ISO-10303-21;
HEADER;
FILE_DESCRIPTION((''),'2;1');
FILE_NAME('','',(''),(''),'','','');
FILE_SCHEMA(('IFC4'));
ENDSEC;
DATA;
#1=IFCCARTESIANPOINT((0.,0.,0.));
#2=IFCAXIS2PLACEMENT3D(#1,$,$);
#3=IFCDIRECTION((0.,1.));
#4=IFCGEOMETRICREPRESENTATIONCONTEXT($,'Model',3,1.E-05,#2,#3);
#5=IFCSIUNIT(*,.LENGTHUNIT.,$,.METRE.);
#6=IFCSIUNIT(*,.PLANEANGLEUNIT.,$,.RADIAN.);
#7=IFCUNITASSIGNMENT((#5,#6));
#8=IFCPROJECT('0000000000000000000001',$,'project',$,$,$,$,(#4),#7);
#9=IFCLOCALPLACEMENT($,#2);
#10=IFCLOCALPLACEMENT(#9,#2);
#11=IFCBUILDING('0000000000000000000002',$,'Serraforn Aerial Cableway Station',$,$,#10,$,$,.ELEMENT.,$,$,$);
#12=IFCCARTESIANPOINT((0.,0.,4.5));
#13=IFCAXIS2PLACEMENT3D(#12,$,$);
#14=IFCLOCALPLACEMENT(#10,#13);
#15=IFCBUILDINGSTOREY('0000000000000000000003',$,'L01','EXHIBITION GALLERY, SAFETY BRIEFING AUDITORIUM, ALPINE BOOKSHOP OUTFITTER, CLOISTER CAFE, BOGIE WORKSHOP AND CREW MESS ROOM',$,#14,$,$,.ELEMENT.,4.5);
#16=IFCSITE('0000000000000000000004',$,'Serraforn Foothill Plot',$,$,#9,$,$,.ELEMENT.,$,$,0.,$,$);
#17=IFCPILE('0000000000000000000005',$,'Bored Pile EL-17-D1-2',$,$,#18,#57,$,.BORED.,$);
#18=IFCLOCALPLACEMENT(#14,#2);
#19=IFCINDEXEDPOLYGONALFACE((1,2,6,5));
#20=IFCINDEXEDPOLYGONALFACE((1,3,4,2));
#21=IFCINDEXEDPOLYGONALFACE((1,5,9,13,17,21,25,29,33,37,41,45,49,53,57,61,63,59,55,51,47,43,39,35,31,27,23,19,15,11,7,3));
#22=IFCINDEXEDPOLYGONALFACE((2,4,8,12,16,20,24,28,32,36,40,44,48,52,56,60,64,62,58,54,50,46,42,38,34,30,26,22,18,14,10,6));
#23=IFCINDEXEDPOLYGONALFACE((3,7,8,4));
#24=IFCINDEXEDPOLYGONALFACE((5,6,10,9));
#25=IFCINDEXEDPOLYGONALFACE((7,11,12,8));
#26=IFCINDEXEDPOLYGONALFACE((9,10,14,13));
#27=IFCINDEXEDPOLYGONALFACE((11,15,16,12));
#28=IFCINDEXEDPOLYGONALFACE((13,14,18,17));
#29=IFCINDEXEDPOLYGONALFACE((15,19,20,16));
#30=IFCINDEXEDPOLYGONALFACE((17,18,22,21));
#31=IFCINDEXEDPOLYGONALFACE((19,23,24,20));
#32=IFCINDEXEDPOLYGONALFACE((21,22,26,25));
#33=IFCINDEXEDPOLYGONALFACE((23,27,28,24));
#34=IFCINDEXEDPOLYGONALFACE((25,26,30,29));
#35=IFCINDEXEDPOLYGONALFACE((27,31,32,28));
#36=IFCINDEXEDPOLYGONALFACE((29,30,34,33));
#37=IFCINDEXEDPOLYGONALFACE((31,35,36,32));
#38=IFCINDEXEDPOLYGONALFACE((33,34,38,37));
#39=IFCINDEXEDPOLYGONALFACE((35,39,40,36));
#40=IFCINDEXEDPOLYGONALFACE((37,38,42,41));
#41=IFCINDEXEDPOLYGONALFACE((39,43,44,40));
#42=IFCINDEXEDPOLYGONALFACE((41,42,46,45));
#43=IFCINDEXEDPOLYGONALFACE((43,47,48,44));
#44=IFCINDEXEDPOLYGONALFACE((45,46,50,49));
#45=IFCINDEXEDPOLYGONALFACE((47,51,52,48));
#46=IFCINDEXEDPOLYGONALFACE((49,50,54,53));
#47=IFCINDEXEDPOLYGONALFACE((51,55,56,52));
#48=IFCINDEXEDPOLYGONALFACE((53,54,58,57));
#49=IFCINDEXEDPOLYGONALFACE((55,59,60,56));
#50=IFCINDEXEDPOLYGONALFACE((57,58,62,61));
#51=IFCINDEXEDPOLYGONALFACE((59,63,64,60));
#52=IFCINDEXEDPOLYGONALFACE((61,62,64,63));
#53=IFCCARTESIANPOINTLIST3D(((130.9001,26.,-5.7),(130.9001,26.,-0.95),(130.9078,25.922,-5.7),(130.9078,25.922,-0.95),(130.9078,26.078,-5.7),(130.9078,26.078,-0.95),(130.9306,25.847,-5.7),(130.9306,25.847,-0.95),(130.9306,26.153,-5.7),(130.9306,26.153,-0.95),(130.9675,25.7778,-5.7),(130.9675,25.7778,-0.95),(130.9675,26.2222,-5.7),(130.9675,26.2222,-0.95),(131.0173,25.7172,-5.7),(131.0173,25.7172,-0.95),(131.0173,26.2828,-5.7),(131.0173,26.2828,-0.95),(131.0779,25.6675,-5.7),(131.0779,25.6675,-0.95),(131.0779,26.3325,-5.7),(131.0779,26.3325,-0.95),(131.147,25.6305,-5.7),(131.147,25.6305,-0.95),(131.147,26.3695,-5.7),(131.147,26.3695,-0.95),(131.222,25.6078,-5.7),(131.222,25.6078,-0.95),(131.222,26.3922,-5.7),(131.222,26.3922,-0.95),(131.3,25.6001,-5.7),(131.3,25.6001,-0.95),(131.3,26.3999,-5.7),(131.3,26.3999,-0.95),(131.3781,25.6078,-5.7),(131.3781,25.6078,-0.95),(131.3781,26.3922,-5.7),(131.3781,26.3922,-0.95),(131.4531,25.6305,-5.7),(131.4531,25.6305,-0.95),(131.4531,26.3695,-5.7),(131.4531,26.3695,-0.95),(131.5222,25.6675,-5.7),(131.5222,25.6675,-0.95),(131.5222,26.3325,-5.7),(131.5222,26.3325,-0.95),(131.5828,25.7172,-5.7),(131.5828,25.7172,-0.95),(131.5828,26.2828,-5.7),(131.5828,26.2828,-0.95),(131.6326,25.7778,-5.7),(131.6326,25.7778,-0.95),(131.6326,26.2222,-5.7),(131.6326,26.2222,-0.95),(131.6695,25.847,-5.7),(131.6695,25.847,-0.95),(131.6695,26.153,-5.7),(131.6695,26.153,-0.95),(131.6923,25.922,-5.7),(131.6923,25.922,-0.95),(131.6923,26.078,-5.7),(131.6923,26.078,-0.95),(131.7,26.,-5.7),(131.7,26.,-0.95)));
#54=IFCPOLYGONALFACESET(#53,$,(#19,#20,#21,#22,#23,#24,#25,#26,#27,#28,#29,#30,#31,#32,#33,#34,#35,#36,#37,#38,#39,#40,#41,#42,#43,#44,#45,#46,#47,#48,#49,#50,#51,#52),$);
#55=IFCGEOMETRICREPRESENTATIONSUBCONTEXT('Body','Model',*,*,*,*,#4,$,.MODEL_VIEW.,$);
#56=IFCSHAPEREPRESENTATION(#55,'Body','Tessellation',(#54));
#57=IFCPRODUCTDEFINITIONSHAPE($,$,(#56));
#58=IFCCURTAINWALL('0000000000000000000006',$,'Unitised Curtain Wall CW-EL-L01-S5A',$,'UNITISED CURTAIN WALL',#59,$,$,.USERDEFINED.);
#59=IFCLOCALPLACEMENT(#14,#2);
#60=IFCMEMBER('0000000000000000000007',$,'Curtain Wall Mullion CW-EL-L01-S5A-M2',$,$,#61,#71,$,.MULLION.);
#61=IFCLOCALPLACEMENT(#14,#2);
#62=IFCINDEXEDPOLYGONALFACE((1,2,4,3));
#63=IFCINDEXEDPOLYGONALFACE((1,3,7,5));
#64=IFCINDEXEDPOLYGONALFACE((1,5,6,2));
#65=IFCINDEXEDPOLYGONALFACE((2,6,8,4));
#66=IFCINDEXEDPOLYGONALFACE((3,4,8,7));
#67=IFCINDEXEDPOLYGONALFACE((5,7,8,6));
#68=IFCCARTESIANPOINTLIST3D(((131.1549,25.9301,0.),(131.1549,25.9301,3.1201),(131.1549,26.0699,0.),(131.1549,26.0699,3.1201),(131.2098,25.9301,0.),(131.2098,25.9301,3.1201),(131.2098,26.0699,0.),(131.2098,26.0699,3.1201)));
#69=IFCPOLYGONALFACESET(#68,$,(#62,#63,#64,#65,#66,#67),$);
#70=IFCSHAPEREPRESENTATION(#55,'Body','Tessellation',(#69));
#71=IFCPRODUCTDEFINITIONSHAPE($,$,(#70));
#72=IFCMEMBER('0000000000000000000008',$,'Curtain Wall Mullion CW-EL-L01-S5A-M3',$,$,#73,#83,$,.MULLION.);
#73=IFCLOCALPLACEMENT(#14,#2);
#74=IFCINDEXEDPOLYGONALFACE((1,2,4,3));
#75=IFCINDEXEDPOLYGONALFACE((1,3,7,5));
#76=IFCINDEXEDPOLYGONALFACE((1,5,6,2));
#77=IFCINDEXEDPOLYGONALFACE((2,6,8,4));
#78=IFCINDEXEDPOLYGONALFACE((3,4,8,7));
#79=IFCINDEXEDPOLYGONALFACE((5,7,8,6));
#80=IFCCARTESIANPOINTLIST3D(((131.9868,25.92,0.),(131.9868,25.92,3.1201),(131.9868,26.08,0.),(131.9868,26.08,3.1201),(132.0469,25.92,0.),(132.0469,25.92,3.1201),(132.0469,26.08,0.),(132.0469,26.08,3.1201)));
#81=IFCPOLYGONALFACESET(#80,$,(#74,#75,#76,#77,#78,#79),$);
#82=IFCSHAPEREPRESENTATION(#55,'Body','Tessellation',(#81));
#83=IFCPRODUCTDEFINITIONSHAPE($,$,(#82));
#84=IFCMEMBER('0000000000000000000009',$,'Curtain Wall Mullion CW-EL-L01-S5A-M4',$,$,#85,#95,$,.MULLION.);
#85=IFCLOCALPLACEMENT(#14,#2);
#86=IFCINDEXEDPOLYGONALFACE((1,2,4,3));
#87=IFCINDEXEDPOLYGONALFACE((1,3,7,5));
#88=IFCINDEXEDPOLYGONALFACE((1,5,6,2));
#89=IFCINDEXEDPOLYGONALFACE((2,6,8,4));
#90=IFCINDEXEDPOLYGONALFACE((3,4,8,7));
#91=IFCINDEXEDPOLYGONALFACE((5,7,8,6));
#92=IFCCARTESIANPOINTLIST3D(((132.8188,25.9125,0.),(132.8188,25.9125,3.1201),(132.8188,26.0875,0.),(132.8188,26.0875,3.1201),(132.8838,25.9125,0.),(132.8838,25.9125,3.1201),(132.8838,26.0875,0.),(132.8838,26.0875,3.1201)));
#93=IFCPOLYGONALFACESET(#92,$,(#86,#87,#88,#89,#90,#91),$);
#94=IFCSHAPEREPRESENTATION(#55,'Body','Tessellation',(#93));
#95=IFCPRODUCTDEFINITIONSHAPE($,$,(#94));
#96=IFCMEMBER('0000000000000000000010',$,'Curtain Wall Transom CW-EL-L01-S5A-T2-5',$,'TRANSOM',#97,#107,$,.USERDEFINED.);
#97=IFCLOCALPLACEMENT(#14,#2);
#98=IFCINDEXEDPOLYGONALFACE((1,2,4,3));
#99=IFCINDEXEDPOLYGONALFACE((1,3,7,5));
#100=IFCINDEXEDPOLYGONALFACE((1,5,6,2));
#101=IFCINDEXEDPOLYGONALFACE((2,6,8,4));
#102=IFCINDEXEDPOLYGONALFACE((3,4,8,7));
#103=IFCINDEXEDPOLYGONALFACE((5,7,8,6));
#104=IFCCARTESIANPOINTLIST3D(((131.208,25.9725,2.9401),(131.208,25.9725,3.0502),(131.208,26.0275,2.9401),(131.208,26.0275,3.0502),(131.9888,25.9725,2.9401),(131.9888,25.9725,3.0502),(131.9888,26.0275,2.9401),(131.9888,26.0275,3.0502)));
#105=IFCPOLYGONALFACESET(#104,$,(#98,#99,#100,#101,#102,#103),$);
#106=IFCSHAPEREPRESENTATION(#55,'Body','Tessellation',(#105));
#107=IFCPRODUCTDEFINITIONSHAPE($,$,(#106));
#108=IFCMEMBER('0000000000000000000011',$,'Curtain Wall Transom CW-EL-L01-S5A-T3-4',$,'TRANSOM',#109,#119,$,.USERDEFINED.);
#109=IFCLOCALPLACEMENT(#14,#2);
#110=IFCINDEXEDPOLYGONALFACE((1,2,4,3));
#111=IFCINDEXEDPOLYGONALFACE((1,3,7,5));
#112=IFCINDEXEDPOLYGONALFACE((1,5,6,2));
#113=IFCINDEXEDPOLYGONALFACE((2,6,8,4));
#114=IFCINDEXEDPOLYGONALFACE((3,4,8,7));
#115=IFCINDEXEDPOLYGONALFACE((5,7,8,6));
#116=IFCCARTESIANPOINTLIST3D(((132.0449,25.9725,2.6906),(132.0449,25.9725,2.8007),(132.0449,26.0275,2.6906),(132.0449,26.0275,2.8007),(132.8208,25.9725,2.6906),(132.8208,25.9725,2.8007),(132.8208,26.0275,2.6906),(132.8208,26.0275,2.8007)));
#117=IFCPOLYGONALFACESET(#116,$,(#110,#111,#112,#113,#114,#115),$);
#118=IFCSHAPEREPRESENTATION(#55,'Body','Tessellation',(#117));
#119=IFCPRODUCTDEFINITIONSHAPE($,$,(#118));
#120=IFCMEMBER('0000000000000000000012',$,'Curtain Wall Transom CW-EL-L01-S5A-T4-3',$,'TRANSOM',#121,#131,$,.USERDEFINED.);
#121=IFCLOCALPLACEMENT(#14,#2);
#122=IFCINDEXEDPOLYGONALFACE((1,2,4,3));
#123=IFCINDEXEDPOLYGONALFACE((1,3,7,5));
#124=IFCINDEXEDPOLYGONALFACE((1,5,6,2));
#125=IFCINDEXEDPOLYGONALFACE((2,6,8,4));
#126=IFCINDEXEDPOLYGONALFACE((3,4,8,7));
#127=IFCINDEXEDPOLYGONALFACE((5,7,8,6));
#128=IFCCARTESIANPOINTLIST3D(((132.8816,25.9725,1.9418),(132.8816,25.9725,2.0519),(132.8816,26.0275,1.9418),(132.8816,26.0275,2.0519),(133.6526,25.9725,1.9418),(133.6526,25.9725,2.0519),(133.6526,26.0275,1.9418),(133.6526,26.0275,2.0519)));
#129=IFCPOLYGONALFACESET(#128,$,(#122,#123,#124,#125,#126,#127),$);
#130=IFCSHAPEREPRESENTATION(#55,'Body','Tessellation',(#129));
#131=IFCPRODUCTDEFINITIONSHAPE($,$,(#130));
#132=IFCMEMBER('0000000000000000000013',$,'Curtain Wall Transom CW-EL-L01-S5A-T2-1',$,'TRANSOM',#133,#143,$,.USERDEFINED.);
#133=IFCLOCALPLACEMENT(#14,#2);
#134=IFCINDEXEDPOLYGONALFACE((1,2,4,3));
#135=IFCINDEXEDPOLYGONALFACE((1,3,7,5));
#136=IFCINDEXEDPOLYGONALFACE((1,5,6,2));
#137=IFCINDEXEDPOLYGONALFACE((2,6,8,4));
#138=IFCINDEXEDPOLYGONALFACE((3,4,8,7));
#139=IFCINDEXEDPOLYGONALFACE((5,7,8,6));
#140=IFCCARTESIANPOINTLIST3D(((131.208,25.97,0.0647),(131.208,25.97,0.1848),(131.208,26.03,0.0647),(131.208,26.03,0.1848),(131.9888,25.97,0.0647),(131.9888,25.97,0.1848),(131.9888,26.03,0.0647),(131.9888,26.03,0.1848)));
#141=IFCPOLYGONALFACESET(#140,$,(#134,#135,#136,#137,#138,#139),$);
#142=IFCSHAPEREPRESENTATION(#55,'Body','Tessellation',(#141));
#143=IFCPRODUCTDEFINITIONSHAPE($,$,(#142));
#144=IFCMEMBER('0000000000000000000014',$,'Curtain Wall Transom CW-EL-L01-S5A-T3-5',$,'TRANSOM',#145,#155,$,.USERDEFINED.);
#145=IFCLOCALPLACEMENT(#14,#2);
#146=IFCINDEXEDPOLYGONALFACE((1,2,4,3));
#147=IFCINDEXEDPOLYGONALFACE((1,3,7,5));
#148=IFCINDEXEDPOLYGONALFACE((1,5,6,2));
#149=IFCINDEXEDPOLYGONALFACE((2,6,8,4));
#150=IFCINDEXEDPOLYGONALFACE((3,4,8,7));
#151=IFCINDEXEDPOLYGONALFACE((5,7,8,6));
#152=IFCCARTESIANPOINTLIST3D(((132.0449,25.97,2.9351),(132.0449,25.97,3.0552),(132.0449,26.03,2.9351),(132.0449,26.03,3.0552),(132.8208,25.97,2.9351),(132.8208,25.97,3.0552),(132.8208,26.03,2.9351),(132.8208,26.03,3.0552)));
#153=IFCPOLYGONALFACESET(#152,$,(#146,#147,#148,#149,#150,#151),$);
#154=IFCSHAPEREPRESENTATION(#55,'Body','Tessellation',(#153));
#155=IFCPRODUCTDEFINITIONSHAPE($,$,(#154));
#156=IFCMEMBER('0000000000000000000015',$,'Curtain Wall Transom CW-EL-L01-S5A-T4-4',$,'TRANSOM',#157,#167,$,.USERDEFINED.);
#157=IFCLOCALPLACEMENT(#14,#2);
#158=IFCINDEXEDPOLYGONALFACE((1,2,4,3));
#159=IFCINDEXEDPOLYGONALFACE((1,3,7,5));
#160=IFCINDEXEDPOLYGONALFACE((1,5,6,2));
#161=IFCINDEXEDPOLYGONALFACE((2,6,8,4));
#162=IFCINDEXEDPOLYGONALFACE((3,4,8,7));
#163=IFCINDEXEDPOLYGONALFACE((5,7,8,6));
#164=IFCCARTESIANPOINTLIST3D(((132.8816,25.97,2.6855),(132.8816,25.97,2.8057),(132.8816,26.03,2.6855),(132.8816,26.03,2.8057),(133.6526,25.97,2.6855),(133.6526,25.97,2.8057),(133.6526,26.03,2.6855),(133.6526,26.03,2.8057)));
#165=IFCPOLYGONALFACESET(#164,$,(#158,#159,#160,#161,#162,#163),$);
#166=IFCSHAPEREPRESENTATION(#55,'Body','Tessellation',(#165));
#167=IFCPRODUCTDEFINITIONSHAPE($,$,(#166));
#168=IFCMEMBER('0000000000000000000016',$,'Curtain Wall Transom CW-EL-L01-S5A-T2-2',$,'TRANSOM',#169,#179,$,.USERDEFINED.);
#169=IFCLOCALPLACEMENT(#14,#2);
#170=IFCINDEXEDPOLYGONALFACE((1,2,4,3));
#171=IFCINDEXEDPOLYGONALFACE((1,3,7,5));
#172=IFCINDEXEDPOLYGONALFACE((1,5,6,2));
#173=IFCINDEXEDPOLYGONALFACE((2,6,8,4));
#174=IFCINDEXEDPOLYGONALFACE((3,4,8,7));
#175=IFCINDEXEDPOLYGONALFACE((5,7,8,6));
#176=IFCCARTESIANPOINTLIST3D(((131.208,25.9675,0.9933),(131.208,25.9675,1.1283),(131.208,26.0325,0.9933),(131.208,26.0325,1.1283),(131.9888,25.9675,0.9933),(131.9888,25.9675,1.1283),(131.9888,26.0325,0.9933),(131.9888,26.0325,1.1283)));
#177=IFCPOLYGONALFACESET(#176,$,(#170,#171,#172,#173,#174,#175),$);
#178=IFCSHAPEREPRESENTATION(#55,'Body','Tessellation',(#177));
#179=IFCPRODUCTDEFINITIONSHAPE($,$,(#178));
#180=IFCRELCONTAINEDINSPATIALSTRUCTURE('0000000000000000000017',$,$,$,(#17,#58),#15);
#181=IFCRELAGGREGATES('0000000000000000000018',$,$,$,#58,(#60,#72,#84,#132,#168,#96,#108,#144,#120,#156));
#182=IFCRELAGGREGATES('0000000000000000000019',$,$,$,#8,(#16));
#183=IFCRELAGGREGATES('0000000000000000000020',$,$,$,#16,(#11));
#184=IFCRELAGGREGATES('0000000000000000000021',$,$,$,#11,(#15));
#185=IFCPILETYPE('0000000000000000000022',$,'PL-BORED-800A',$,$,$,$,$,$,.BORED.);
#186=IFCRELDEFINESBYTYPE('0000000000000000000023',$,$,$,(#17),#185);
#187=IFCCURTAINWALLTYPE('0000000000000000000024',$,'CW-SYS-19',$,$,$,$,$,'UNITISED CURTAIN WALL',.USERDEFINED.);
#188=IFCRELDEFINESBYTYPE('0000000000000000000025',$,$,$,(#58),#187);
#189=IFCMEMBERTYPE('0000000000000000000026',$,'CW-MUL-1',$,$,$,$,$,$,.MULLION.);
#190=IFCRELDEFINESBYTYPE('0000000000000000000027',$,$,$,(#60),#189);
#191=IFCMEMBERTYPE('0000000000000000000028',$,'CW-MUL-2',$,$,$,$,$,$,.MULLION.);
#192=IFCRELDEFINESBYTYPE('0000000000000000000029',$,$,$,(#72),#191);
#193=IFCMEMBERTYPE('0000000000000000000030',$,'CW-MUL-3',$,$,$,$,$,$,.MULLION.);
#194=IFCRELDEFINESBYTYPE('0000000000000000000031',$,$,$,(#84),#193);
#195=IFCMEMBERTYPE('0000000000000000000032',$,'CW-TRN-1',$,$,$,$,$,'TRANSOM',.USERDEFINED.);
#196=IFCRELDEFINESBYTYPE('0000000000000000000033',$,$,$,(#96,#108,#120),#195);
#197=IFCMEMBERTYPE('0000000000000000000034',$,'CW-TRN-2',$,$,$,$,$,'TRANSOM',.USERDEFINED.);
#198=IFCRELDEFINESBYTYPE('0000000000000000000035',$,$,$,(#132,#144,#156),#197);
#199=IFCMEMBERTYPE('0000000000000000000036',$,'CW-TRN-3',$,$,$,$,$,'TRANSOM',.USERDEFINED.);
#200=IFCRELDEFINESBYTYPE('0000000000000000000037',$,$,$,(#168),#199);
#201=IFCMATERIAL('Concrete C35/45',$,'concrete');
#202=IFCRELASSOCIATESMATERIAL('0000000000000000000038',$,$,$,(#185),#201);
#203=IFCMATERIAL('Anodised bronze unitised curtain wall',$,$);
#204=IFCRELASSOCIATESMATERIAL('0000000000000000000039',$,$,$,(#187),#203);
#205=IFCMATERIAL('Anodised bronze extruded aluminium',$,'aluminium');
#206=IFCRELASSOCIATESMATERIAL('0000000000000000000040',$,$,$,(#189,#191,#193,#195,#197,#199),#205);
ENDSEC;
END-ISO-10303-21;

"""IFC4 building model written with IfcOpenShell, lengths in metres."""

from ifc_helpers import new_model, si_unit, direction, frame, origin, origin_2d, place, context, subcontext, project, spatial, rectangle, circle, extrude, material, material_profile, profile_set, type_object, element, aggregate, save


model = new_model("IFC4")

# Units and contexts
model_context = context("Model", 3, precision=1e-05, world=origin(), true_north=direction((0.0, 1.0)))
body_context = subcontext(model_context, "Body", "Model", "MODEL_VIEW")
ifc_project = project(units=[si_unit("LENGTHUNIT", "METRE"), si_unit("PLANEANGLEUNIT", "RADIAN")], contexts=[model_context])

# Site, building, storey
site_placement = place(None, origin())
site = spatial("IfcSite", under=ifc_project, at=site_placement, Name="Serraforn Foothill Plot", CompositionType="ELEMENT", RefElevation=0.0)
building_placement = place(site_placement, origin())
building = spatial("IfcBuilding", under=site, at=building_placement, Name="Serraforn Aerial Cableway Station", CompositionType="ELEMENT")
storey_placement = place(building_placement, frame((0.0, 0.0, 4.5)))
storey = spatial("IfcBuildingStorey", under=building, at=storey_placement, Name="L01", Description="EXHIBITION GALLERY, SAFETY BRIEFING AUDITORIUM, ALPINE BOOKSHOP OUTFITTER, CLOISTER CAFE, BOGIE WORKSHOP AND CREW MESS ROOM", CompositionType="ELEMENT", Elevation=4.5)

# Pile
ifc_material_1 = material(Name="Concrete C35/45", Category="concrete")
ifc_material_profile_1 = material_profile(ifc_material_1, circle(Radius=0.3999, at=origin_2d()), Name="BORED PILE D800")
ifc_profile_set_1 = profile_set([ifc_material_profile_1], Name="Concrete C35/45")
pile_type = type_object("IfcPileType", Name="PL-BORED-800A", PredefinedType="BORED", material=ifc_profile_set_1)
pile_placement = place(storey_placement, frame((131.3, 26.0, -0.95), z_axis=(0.0, 0.0, -1.0), x_axis=(1.0, 0.0, 0.0)))
element("IfcPile", 1, at=pile_placement, inside=storey, type_object=pile_type, Name="Bored Pile EL-17-D1-2", PredefinedType="BORED", context=body_context, shape_type="SweptSolid", body=[
    extrude(circle(Radius=0.3999, at=origin_2d()), origin(), (0.0, 0.0, 1.0), 4.75),
])

# Curtain wall, members
ifc_material_2 = material(Name="Anodised bronze unitised curtain wall")
curtain_wall_type = type_object("IfcCurtainWallType", Name="CW-SYS-19", ElementType="UNITISED CURTAIN WALL", PredefinedType="USERDEFINED", material=ifc_material_2)
curtain_wall_placement = place(storey_placement, origin())
curtain_wall = element("IfcCurtainWall", 2, at=curtain_wall_placement, inside=storey, type_object=curtain_wall_type, Name="Unitised Curtain Wall CW-EL-L01-S5A", ObjectType="UNITISED CURTAIN WALL", PredefinedType="USERDEFINED")
ifc_material_3 = material(Name="Anodised bronze extruded aluminium", Category="aluminium")
ifc_material_profile_2 = material_profile(ifc_material_3, rectangle(XDim=0.0549, YDim=0.1399, at=origin_2d()), Name="CW MULLION 55x140")
ifc_profile_set_2 = profile_set([ifc_material_profile_2], Name="Anodised bronze extruded aluminium")
member_type_1 = type_object("IfcMemberType", Name="CW-MUL-1", PredefinedType="MULLION", material=ifc_profile_set_2)
member_1_placement = place(storey_placement, frame((131.1824, 26.0, 0.0), z_axis=(0.0, 0.0, 1.0), x_axis=(1.0, 0.0, 0.0)))
member_1 = element("IfcMember", 3, at=member_1_placement, type_object=member_type_1, Name="Curtain Wall Mullion CW-EL-L01-S5A-M2", PredefinedType="MULLION", context=body_context, shape_type="SweptSolid", body=[
    extrude(rectangle(XDim=0.0549, YDim=0.1399, at=origin_2d()), origin(), (0.0, 0.0, 1.0), 3.1201),
])
ifc_material_profile_3 = material_profile(ifc_material_3, rectangle(XDim=0.0601, YDim=0.1599, at=origin_2d()), Name="CW MULLION 60x160")
ifc_profile_set_3 = profile_set([ifc_material_profile_3], Name="Anodised bronze extruded aluminium")
member_type_2 = type_object("IfcMemberType", Name="CW-MUL-2", PredefinedType="MULLION", material=ifc_profile_set_3)
member_2_placement = place(storey_placement, frame((132.0168, 26.0, 0.0), z_axis=(0.0, 0.0, 1.0), x_axis=(1.0, 0.0, 0.0)))
member_2 = element("IfcMember", 4, at=member_2_placement, type_object=member_type_2, Name="Curtain Wall Mullion CW-EL-L01-S5A-M3", PredefinedType="MULLION", context=body_context, shape_type="SweptSolid", body=[
    extrude(rectangle(XDim=0.0601, YDim=0.1599, at=origin_2d()), origin(), (0.0, 0.0, 1.0), 3.1201),
])
ifc_material_profile_4 = material_profile(ifc_material_3, rectangle(XDim=0.0649, YDim=0.175, at=origin_2d()), Name="CW MULLION 65x175")
ifc_profile_set_4 = profile_set([ifc_material_profile_4], Name="Anodised bronze extruded aluminium")
member_type_3 = type_object("IfcMemberType", Name="CW-MUL-3", PredefinedType="MULLION", material=ifc_profile_set_4)
member_3_placement = place(storey_placement, frame((132.8513, 26.0, 0.0), z_axis=(0.0, 0.0, 1.0), x_axis=(1.0, 0.0, 0.0)))
member_3 = element("IfcMember", 5, at=member_3_placement, type_object=member_type_3, Name="Curtain Wall Mullion CW-EL-L01-S5A-M4", PredefinedType="MULLION", context=body_context, shape_type="SweptSolid", body=[
    extrude(rectangle(XDim=0.0649, YDim=0.175, at=origin_2d()), origin(), (0.0, 0.0, 1.0), 3.1201),
])
ifc_material_profile_5 = material_profile(ifc_material_3, rectangle(XDim=0.0549, YDim=0.1101, at=origin_2d()), Name="CW TRANSOM 55x110")
ifc_profile_set_5 = profile_set([ifc_material_profile_5], Name="Anodised bronze extruded aluminium")
member_type_4 = type_object("IfcMemberType", Name="CW-TRN-1", ElementType="TRANSOM", PredefinedType="USERDEFINED", material=ifc_profile_set_5)
member_4_placement = place(storey_placement, frame((131.208, 26.0, 2.9951), z_axis=(1.0, 0.0, 0.0), x_axis=(0.0, 1.0, 0.0)))
member_4 = element("IfcMember", 6, at=member_4_placement, type_object=member_type_4, Name="Curtain Wall Transom CW-EL-L01-S5A-T2-5", ObjectType="TRANSOM", PredefinedType="USERDEFINED", context=body_context, shape_type="SweptSolid", body=[
    extrude(rectangle(XDim=0.0549, YDim=0.1101, at=origin_2d()), origin(), (0.0, 0.0, 1.0), 0.7808),
])
member_5_placement = place(storey_placement, frame((132.0449, 26.0, 2.7456), z_axis=(1.0, 0.0, 0.0), x_axis=(0.0, 1.0, 0.0)))
member_5 = element("IfcMember", 7, at=member_5_placement, type_object=member_type_4, Name="Curtain Wall Transom CW-EL-L01-S5A-T3-4", ObjectType="TRANSOM", PredefinedType="USERDEFINED", context=body_context, shape_type="SweptSolid", body=[
    extrude(rectangle(XDim=0.0549, YDim=0.1101, at=origin_2d()), origin(), (0.0, 0.0, 1.0), 0.7759),
])
member_6_placement = place(storey_placement, frame((132.8816, 26.0, 1.9968), z_axis=(1.0, 0.0, 0.0), x_axis=(0.0, 1.0, 0.0)))
member_6 = element("IfcMember", 8, at=member_6_placement, type_object=member_type_4, Name="Curtain Wall Transom CW-EL-L01-S5A-T4-3", ObjectType="TRANSOM", PredefinedType="USERDEFINED", context=body_context, shape_type="SweptSolid", body=[
    extrude(rectangle(XDim=0.0549, YDim=0.1101, at=origin_2d()), origin(), (0.0, 0.0, 1.0), 0.771),
])
ifc_material_profile_6 = material_profile(ifc_material_3, rectangle(XDim=0.0601, YDim=0.1201, at=origin_2d()), Name="CW TRANSOM 60x120")
ifc_profile_set_6 = profile_set([ifc_material_profile_6], Name="Anodised bronze extruded aluminium")
member_type_5 = type_object("IfcMemberType", Name="CW-TRN-2", ElementType="TRANSOM", PredefinedType="USERDEFINED", material=ifc_profile_set_6)
member_7_placement = place(storey_placement, frame((131.208, 26.0, 0.1248), z_axis=(1.0, 0.0, 0.0), x_axis=(0.0, 1.0, 0.0)))
member_7 = element("IfcMember", 9, at=member_7_placement, type_object=member_type_5, Name="Curtain Wall Transom CW-EL-L01-S5A-T2-1", ObjectType="TRANSOM", PredefinedType="USERDEFINED", context=body_context, shape_type="SweptSolid", body=[
    extrude(rectangle(XDim=0.0601, YDim=0.1201, at=origin_2d()), origin(), (0.0, 0.0, 1.0), 0.7808),
])
member_8_placement = place(storey_placement, frame((132.0449, 26.0, 2.9951), z_axis=(1.0, 0.0, 0.0), x_axis=(0.0, 1.0, 0.0)))
member_8 = element("IfcMember", 10, at=member_8_placement, type_object=member_type_5, Name="Curtain Wall Transom CW-EL-L01-S5A-T3-5", ObjectType="TRANSOM", PredefinedType="USERDEFINED", context=body_context, shape_type="SweptSolid", body=[
    extrude(rectangle(XDim=0.0601, YDim=0.1201, at=origin_2d()), origin(), (0.0, 0.0, 1.0), 0.7759),
])
member_9_placement = place(storey_placement, frame((132.8816, 26.0, 2.7456), z_axis=(1.0, 0.0, 0.0), x_axis=(0.0, 1.0, 0.0)))
member_9 = element("IfcMember", 11, at=member_9_placement, type_object=member_type_5, Name="Curtain Wall Transom CW-EL-L01-S5A-T4-4", ObjectType="TRANSOM", PredefinedType="USERDEFINED", context=body_context, shape_type="SweptSolid", body=[
    extrude(rectangle(XDim=0.0601, YDim=0.1201, at=origin_2d()), origin(), (0.0, 0.0, 1.0), 0.771),
])
ifc_material_profile_7 = material_profile(ifc_material_3, rectangle(XDim=0.0649, YDim=0.135, at=origin_2d()), Name="CW TRANSOM 65x135")
ifc_profile_set_7 = profile_set([ifc_material_profile_7], Name="Anodised bronze extruded aluminium")
member_type_6 = type_object("IfcMemberType", Name="CW-TRN-3", ElementType="TRANSOM", PredefinedType="USERDEFINED", material=ifc_profile_set_7)
member_10_placement = place(storey_placement, frame((131.208, 26.0, 1.0608), z_axis=(1.0, 0.0, 0.0), x_axis=(0.0, 1.0, 0.0)))
member_10 = element("IfcMember", 12, at=member_10_placement, type_object=member_type_6, Name="Curtain Wall Transom CW-EL-L01-S5A-T2-2", ObjectType="TRANSOM", PredefinedType="USERDEFINED", context=body_context, shape_type="SweptSolid", body=[
    extrude(rectangle(XDim=0.0649, YDim=0.135, at=origin_2d()), origin(), (0.0, 0.0, 1.0), 0.7808),
])
aggregate(curtain_wall, [member_1, member_2, member_3, member_7, member_10, member_4, member_5, member_8, member_6, member_9])

save(model, "model.ifc")
